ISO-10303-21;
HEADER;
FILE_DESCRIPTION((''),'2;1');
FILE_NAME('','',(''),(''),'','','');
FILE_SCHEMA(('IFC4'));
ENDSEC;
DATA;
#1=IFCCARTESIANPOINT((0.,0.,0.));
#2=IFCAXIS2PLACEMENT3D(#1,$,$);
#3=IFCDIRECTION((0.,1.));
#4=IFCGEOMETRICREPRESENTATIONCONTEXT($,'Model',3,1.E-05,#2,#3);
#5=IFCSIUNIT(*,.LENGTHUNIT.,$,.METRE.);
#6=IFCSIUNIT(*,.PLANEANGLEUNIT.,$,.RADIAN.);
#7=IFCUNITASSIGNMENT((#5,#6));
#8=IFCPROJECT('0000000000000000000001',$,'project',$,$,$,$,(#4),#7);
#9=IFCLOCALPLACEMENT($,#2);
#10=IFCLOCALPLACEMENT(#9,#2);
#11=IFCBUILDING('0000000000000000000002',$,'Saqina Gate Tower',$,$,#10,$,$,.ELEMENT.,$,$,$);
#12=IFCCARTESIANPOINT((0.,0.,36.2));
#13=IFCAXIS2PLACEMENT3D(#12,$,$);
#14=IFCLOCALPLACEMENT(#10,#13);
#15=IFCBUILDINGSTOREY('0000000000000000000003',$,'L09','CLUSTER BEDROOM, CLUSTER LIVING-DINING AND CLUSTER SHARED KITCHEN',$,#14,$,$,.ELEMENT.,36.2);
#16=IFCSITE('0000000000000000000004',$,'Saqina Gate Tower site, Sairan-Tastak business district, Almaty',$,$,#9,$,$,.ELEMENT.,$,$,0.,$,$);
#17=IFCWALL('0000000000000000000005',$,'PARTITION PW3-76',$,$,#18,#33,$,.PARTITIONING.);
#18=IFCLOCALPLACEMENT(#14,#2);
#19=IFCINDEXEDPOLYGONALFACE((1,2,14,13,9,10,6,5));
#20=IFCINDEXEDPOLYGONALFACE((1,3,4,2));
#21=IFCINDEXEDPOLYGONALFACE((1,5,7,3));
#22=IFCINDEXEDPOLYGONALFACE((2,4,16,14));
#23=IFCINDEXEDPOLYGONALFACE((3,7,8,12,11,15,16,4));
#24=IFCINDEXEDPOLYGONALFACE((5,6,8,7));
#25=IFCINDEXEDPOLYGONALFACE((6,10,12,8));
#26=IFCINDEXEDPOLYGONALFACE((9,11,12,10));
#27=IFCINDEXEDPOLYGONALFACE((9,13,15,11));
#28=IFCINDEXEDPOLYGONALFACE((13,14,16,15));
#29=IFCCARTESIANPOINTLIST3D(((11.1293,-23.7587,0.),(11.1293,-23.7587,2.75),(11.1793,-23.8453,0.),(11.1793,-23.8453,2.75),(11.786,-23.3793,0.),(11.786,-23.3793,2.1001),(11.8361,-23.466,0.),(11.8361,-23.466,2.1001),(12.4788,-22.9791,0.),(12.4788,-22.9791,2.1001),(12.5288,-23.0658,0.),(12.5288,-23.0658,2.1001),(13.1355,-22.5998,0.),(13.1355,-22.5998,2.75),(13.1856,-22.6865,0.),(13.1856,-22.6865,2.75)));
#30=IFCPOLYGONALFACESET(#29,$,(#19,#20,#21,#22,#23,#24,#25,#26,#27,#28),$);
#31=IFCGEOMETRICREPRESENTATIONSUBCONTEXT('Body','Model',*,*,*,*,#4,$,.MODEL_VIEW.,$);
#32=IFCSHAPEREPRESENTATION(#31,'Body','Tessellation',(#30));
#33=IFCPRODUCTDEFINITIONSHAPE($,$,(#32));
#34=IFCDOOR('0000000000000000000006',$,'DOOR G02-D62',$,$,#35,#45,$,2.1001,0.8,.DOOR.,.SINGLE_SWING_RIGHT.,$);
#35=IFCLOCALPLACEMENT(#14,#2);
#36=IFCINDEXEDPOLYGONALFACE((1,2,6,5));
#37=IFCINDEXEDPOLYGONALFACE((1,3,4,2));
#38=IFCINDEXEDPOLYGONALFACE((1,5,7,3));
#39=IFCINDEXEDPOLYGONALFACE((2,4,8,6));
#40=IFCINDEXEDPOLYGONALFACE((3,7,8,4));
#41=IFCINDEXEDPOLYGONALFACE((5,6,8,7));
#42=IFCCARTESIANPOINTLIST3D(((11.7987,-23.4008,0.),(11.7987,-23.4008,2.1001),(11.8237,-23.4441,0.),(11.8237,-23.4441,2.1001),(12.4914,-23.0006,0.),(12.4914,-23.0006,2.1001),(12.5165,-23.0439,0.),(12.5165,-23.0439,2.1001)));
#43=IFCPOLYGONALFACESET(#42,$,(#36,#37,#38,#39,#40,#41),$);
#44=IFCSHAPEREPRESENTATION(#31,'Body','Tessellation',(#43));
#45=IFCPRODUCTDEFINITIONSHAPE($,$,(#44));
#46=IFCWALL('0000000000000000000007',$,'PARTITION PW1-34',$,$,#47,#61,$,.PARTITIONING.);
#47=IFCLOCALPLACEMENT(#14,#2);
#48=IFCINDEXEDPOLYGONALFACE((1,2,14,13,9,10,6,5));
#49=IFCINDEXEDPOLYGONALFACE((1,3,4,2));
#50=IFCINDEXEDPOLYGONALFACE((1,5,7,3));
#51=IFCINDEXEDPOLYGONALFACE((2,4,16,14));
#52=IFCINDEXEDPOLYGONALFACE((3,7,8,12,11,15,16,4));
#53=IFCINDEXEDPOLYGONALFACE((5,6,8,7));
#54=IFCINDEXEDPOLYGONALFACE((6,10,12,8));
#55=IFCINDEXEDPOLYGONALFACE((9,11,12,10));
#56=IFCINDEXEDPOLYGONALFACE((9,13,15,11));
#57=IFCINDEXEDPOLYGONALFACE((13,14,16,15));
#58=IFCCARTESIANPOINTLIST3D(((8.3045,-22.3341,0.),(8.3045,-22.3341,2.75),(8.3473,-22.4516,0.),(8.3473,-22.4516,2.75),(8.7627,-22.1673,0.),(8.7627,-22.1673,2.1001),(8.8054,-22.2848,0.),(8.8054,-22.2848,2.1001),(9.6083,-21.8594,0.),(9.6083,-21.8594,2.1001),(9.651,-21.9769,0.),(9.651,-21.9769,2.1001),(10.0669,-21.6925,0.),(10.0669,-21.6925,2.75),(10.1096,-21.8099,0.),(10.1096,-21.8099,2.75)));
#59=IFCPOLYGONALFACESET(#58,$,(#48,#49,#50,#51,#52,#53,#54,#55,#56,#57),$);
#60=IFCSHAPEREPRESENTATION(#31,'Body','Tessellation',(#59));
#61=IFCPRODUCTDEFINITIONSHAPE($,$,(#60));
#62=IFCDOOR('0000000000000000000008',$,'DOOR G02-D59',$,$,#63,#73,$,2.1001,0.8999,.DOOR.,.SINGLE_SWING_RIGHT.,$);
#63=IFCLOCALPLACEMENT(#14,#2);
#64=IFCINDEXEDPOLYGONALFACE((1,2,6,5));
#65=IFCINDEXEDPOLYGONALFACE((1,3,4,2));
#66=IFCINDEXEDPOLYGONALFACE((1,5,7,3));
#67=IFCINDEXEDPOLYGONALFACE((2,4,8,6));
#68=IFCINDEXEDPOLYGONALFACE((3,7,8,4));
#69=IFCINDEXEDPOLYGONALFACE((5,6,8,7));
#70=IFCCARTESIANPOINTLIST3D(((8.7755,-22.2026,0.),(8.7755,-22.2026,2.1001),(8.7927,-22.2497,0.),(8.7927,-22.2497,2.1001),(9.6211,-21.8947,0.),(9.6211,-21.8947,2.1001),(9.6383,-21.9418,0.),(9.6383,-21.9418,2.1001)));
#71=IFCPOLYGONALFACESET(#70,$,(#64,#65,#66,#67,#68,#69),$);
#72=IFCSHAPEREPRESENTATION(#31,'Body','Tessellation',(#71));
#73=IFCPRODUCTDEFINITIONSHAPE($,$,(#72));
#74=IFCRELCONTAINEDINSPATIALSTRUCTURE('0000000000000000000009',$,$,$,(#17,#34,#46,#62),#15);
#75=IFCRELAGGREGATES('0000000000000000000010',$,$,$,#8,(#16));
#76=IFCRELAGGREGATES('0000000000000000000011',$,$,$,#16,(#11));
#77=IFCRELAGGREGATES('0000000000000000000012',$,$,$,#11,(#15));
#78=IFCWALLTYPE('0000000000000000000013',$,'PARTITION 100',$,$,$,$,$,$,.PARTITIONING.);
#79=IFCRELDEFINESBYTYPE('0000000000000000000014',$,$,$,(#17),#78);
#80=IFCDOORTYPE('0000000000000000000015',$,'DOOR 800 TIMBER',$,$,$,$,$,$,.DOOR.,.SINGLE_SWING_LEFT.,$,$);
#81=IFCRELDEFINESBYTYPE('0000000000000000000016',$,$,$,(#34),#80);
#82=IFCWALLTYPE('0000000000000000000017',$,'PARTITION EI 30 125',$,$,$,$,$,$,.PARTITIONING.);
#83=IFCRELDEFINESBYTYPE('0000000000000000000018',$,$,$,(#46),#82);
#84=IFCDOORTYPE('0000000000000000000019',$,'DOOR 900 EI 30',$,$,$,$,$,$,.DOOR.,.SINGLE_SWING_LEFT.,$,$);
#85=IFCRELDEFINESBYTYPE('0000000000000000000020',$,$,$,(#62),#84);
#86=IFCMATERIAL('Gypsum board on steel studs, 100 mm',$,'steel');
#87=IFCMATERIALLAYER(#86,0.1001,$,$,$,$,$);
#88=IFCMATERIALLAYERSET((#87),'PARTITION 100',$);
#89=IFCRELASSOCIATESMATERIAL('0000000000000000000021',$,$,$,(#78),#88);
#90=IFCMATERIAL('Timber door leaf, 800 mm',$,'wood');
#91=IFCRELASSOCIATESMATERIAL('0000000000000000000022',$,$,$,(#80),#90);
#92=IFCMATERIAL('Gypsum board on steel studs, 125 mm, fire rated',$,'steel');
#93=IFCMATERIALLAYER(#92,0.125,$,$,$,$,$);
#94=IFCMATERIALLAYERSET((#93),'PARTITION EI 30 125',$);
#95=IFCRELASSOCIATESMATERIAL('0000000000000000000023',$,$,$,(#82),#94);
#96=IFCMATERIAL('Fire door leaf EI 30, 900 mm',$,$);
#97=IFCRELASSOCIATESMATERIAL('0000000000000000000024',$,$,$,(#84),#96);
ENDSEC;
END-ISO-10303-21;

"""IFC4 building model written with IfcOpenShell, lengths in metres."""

from ifc_helpers import new_model, si_unit, direction, frame, frame_2d, origin, place, context, subcontext, project, spatial, rectangle, extrude, material, layer, layer_set, type_object, element, fill, save


model = new_model("IFC4")

# Units and contexts
model_context = context("Model", 3, precision=1e-05, world=origin(), true_north=direction((0.0, 1.0)))
body_context = subcontext(model_context, "Body", "Model", "MODEL_VIEW")
ifc_project = project(units=[si_unit("LENGTHUNIT", "METRE"), si_unit("PLANEANGLEUNIT", "RADIAN")], contexts=[model_context])

# Site, building, storey
site_placement = place(None, origin())
site = spatial("IfcSite", under=ifc_project, at=site_placement, Name="Saqina Gate Tower site, Sairan-Tastak business district, Almaty", CompositionType="ELEMENT", RefElevation=0.0)
building_placement = place(site_placement, origin())
building = spatial("IfcBuilding", under=site, at=building_placement, Name="Saqina Gate Tower", CompositionType="ELEMENT")
storey_placement = place(building_placement, frame((0.0, 0.0, 36.2)))
storey = spatial("IfcBuildingStorey", under=building, at=storey_placement, Name="L09", Description="CLUSTER BEDROOM, CLUSTER LIVING-DINING AND CLUSTER SHARED KITCHEN", CompositionType="ELEMENT", Elevation=36.2)

# Shared definitions
ifc_material_1 = material(Name="Gypsum board on steel studs, 100 mm", Category="steel")
ifc_layer_1 = layer(ifc_material_1, 0.1001)
ifc_layer_set_1 = layer_set([ifc_layer_1], Name="PARTITION 100")
wall_type_1 = type_object("IfcWallType", Name="PARTITION 100", PredefinedType="PARTITIONING", material=ifc_layer_set_1)

# Walls, openings, doors
wall_1_placement = place(storey_placement, frame((11.1543, -23.802, 0.0), z_axis=(0.0, 0.0, 1.0), x_axis=(0.865919, 0.500185, 0.0)))
wall_1 = element("IfcWall", 1, at=wall_1_placement, inside=storey, type_object=wall_type_1, Name="PARTITION PW3-76", PredefinedType="PARTITIONING", context=body_context, shape_type="SweptSolid", body=[
    extrude(rectangle(XDim=2.3169, YDim=0.1001, at=frame_2d((1.1584, 0.0))), origin(), (0.0, 0.0, 1.0), 2.75),
])
opening_1_placement = place(wall_1_placement, frame((0.7585, 0.0, 0.0)))
opening_1 = element("IfcOpeningElement", 2, at=opening_1_placement, cuts=wall_1, PredefinedType="OPENING", context=body_context, shape_type="SweptSolid", body=[
    extrude(rectangle(XDim=0.8, YDim=2.1001, at=frame_2d((0.3999, 1.05))), frame((0.0, 0.062, 0.0), z_axis=(0.0, -1.0, 0.0), x_axis=(1.0, 0.0, 0.0)), (0.0, 0.0, 1.0), 0.124),
])
ifc_material_2 = material(Name="Timber door leaf, 800 mm", Category="wood")
door_type_1 = type_object("IfcDoorType", Name="DOOR 800 TIMBER", OperationType="SINGLE_SWING_LEFT", PredefinedType="DOOR", material=ifc_material_2)
door_1_placement = place(opening_1_placement, frame((0.8, 0.0, 0.0), z_axis=(0.0, 0.0, 1.0), x_axis=(-1.0, 0.0, 0.0)))
door_1 = element("IfcDoor", 3, at=door_1_placement, inside=storey, type_object=door_type_1, Name="DOOR G02-D62", OperationType="SINGLE_SWING_RIGHT", OverallHeight=2.1001, OverallWidth=0.8, PredefinedType="DOOR", context=body_context, shape_type="SweptSolid", body=[
    extrude(rectangle(XDim=0.8, YDim=2.1001, at=frame_2d((0.3999, 1.05))), frame((0.0, 0.0249, 0.0), z_axis=(0.0, -1.0, 0.0), x_axis=(1.0, 0.0, 0.0)), (0.0, 0.0, 1.0), 0.05),
])
fill(opening_1, door_1)
ifc_material_3 = material(Name="Gypsum board on steel studs, 125 mm, fire rated", Category="steel")
ifc_layer_2 = layer(ifc_material_3, 0.125)
ifc_layer_set_2 = layer_set([ifc_layer_2], Name="PARTITION EI 30 125")
wall_type_2 = type_object("IfcWallType", Name="PARTITION EI 30 125", PredefinedType="PARTITIONING", material=ifc_layer_set_2)
wall_2_placement = place(storey_placement, frame((8.3259, -22.3928, 0.0), z_axis=(0.0, 0.0, 1.0), x_axis=(0.939657, 0.342119, 0.0)))
wall_2 = element("IfcWall", 4, at=wall_2_placement, inside=storey, type_object=wall_type_2, Name="PARTITION PW1-34", PredefinedType="PARTITIONING", context=body_context, shape_type="SweptSolid", body=[
    extrude(rectangle(XDim=1.8755, YDim=0.125, at=frame_2d((0.9377, 0.0))), origin(), (0.0, 0.0, 1.0), 2.75),
])
opening_2_placement = place(wall_2_placement, frame((0.4875, 0.0, 0.0)))
opening_2 = element("IfcOpeningElement", 5, at=opening_2_placement, cuts=wall_2, PredefinedType="OPENING", context=body_context, shape_type="SweptSolid", body=[
    extrude(rectangle(XDim=0.8999, YDim=2.1001, at=frame_2d((0.45, 1.05))), frame((0.0, 0.0745, 0.0), z_axis=(0.0, -1.0, 0.0), x_axis=(1.0, 0.0, 0.0)), (0.0, 0.0, 1.0), 0.1489),
])
ifc_material_4 = material(Name="Fire door leaf EI 30, 900 mm")
door_type_2 = type_object("IfcDoorType", Name="DOOR 900 EI 30", OperationType="SINGLE_SWING_LEFT", PredefinedType="DOOR", material=ifc_material_4)
door_2_placement = place(opening_2_placement, origin())
door_2 = element("IfcDoor", 6, at=door_2_placement, inside=storey, type_object=door_type_2, Name="DOOR G02-D59", OperationType="SINGLE_SWING_RIGHT", OverallHeight=2.1001, OverallWidth=0.8999, PredefinedType="DOOR", context=body_context, shape_type="SweptSolid", body=[
    extrude(rectangle(XDim=0.8999, YDim=2.1001, at=frame_2d((0.45, 1.05))), frame((0.0, 0.0249, 0.0), z_axis=(0.0, -1.0, 0.0), x_axis=(1.0, 0.0, 0.0)), (0.0, 0.0, 1.0), 0.05),
])
fill(opening_2, door_2)

save(model, "model.ifc")
